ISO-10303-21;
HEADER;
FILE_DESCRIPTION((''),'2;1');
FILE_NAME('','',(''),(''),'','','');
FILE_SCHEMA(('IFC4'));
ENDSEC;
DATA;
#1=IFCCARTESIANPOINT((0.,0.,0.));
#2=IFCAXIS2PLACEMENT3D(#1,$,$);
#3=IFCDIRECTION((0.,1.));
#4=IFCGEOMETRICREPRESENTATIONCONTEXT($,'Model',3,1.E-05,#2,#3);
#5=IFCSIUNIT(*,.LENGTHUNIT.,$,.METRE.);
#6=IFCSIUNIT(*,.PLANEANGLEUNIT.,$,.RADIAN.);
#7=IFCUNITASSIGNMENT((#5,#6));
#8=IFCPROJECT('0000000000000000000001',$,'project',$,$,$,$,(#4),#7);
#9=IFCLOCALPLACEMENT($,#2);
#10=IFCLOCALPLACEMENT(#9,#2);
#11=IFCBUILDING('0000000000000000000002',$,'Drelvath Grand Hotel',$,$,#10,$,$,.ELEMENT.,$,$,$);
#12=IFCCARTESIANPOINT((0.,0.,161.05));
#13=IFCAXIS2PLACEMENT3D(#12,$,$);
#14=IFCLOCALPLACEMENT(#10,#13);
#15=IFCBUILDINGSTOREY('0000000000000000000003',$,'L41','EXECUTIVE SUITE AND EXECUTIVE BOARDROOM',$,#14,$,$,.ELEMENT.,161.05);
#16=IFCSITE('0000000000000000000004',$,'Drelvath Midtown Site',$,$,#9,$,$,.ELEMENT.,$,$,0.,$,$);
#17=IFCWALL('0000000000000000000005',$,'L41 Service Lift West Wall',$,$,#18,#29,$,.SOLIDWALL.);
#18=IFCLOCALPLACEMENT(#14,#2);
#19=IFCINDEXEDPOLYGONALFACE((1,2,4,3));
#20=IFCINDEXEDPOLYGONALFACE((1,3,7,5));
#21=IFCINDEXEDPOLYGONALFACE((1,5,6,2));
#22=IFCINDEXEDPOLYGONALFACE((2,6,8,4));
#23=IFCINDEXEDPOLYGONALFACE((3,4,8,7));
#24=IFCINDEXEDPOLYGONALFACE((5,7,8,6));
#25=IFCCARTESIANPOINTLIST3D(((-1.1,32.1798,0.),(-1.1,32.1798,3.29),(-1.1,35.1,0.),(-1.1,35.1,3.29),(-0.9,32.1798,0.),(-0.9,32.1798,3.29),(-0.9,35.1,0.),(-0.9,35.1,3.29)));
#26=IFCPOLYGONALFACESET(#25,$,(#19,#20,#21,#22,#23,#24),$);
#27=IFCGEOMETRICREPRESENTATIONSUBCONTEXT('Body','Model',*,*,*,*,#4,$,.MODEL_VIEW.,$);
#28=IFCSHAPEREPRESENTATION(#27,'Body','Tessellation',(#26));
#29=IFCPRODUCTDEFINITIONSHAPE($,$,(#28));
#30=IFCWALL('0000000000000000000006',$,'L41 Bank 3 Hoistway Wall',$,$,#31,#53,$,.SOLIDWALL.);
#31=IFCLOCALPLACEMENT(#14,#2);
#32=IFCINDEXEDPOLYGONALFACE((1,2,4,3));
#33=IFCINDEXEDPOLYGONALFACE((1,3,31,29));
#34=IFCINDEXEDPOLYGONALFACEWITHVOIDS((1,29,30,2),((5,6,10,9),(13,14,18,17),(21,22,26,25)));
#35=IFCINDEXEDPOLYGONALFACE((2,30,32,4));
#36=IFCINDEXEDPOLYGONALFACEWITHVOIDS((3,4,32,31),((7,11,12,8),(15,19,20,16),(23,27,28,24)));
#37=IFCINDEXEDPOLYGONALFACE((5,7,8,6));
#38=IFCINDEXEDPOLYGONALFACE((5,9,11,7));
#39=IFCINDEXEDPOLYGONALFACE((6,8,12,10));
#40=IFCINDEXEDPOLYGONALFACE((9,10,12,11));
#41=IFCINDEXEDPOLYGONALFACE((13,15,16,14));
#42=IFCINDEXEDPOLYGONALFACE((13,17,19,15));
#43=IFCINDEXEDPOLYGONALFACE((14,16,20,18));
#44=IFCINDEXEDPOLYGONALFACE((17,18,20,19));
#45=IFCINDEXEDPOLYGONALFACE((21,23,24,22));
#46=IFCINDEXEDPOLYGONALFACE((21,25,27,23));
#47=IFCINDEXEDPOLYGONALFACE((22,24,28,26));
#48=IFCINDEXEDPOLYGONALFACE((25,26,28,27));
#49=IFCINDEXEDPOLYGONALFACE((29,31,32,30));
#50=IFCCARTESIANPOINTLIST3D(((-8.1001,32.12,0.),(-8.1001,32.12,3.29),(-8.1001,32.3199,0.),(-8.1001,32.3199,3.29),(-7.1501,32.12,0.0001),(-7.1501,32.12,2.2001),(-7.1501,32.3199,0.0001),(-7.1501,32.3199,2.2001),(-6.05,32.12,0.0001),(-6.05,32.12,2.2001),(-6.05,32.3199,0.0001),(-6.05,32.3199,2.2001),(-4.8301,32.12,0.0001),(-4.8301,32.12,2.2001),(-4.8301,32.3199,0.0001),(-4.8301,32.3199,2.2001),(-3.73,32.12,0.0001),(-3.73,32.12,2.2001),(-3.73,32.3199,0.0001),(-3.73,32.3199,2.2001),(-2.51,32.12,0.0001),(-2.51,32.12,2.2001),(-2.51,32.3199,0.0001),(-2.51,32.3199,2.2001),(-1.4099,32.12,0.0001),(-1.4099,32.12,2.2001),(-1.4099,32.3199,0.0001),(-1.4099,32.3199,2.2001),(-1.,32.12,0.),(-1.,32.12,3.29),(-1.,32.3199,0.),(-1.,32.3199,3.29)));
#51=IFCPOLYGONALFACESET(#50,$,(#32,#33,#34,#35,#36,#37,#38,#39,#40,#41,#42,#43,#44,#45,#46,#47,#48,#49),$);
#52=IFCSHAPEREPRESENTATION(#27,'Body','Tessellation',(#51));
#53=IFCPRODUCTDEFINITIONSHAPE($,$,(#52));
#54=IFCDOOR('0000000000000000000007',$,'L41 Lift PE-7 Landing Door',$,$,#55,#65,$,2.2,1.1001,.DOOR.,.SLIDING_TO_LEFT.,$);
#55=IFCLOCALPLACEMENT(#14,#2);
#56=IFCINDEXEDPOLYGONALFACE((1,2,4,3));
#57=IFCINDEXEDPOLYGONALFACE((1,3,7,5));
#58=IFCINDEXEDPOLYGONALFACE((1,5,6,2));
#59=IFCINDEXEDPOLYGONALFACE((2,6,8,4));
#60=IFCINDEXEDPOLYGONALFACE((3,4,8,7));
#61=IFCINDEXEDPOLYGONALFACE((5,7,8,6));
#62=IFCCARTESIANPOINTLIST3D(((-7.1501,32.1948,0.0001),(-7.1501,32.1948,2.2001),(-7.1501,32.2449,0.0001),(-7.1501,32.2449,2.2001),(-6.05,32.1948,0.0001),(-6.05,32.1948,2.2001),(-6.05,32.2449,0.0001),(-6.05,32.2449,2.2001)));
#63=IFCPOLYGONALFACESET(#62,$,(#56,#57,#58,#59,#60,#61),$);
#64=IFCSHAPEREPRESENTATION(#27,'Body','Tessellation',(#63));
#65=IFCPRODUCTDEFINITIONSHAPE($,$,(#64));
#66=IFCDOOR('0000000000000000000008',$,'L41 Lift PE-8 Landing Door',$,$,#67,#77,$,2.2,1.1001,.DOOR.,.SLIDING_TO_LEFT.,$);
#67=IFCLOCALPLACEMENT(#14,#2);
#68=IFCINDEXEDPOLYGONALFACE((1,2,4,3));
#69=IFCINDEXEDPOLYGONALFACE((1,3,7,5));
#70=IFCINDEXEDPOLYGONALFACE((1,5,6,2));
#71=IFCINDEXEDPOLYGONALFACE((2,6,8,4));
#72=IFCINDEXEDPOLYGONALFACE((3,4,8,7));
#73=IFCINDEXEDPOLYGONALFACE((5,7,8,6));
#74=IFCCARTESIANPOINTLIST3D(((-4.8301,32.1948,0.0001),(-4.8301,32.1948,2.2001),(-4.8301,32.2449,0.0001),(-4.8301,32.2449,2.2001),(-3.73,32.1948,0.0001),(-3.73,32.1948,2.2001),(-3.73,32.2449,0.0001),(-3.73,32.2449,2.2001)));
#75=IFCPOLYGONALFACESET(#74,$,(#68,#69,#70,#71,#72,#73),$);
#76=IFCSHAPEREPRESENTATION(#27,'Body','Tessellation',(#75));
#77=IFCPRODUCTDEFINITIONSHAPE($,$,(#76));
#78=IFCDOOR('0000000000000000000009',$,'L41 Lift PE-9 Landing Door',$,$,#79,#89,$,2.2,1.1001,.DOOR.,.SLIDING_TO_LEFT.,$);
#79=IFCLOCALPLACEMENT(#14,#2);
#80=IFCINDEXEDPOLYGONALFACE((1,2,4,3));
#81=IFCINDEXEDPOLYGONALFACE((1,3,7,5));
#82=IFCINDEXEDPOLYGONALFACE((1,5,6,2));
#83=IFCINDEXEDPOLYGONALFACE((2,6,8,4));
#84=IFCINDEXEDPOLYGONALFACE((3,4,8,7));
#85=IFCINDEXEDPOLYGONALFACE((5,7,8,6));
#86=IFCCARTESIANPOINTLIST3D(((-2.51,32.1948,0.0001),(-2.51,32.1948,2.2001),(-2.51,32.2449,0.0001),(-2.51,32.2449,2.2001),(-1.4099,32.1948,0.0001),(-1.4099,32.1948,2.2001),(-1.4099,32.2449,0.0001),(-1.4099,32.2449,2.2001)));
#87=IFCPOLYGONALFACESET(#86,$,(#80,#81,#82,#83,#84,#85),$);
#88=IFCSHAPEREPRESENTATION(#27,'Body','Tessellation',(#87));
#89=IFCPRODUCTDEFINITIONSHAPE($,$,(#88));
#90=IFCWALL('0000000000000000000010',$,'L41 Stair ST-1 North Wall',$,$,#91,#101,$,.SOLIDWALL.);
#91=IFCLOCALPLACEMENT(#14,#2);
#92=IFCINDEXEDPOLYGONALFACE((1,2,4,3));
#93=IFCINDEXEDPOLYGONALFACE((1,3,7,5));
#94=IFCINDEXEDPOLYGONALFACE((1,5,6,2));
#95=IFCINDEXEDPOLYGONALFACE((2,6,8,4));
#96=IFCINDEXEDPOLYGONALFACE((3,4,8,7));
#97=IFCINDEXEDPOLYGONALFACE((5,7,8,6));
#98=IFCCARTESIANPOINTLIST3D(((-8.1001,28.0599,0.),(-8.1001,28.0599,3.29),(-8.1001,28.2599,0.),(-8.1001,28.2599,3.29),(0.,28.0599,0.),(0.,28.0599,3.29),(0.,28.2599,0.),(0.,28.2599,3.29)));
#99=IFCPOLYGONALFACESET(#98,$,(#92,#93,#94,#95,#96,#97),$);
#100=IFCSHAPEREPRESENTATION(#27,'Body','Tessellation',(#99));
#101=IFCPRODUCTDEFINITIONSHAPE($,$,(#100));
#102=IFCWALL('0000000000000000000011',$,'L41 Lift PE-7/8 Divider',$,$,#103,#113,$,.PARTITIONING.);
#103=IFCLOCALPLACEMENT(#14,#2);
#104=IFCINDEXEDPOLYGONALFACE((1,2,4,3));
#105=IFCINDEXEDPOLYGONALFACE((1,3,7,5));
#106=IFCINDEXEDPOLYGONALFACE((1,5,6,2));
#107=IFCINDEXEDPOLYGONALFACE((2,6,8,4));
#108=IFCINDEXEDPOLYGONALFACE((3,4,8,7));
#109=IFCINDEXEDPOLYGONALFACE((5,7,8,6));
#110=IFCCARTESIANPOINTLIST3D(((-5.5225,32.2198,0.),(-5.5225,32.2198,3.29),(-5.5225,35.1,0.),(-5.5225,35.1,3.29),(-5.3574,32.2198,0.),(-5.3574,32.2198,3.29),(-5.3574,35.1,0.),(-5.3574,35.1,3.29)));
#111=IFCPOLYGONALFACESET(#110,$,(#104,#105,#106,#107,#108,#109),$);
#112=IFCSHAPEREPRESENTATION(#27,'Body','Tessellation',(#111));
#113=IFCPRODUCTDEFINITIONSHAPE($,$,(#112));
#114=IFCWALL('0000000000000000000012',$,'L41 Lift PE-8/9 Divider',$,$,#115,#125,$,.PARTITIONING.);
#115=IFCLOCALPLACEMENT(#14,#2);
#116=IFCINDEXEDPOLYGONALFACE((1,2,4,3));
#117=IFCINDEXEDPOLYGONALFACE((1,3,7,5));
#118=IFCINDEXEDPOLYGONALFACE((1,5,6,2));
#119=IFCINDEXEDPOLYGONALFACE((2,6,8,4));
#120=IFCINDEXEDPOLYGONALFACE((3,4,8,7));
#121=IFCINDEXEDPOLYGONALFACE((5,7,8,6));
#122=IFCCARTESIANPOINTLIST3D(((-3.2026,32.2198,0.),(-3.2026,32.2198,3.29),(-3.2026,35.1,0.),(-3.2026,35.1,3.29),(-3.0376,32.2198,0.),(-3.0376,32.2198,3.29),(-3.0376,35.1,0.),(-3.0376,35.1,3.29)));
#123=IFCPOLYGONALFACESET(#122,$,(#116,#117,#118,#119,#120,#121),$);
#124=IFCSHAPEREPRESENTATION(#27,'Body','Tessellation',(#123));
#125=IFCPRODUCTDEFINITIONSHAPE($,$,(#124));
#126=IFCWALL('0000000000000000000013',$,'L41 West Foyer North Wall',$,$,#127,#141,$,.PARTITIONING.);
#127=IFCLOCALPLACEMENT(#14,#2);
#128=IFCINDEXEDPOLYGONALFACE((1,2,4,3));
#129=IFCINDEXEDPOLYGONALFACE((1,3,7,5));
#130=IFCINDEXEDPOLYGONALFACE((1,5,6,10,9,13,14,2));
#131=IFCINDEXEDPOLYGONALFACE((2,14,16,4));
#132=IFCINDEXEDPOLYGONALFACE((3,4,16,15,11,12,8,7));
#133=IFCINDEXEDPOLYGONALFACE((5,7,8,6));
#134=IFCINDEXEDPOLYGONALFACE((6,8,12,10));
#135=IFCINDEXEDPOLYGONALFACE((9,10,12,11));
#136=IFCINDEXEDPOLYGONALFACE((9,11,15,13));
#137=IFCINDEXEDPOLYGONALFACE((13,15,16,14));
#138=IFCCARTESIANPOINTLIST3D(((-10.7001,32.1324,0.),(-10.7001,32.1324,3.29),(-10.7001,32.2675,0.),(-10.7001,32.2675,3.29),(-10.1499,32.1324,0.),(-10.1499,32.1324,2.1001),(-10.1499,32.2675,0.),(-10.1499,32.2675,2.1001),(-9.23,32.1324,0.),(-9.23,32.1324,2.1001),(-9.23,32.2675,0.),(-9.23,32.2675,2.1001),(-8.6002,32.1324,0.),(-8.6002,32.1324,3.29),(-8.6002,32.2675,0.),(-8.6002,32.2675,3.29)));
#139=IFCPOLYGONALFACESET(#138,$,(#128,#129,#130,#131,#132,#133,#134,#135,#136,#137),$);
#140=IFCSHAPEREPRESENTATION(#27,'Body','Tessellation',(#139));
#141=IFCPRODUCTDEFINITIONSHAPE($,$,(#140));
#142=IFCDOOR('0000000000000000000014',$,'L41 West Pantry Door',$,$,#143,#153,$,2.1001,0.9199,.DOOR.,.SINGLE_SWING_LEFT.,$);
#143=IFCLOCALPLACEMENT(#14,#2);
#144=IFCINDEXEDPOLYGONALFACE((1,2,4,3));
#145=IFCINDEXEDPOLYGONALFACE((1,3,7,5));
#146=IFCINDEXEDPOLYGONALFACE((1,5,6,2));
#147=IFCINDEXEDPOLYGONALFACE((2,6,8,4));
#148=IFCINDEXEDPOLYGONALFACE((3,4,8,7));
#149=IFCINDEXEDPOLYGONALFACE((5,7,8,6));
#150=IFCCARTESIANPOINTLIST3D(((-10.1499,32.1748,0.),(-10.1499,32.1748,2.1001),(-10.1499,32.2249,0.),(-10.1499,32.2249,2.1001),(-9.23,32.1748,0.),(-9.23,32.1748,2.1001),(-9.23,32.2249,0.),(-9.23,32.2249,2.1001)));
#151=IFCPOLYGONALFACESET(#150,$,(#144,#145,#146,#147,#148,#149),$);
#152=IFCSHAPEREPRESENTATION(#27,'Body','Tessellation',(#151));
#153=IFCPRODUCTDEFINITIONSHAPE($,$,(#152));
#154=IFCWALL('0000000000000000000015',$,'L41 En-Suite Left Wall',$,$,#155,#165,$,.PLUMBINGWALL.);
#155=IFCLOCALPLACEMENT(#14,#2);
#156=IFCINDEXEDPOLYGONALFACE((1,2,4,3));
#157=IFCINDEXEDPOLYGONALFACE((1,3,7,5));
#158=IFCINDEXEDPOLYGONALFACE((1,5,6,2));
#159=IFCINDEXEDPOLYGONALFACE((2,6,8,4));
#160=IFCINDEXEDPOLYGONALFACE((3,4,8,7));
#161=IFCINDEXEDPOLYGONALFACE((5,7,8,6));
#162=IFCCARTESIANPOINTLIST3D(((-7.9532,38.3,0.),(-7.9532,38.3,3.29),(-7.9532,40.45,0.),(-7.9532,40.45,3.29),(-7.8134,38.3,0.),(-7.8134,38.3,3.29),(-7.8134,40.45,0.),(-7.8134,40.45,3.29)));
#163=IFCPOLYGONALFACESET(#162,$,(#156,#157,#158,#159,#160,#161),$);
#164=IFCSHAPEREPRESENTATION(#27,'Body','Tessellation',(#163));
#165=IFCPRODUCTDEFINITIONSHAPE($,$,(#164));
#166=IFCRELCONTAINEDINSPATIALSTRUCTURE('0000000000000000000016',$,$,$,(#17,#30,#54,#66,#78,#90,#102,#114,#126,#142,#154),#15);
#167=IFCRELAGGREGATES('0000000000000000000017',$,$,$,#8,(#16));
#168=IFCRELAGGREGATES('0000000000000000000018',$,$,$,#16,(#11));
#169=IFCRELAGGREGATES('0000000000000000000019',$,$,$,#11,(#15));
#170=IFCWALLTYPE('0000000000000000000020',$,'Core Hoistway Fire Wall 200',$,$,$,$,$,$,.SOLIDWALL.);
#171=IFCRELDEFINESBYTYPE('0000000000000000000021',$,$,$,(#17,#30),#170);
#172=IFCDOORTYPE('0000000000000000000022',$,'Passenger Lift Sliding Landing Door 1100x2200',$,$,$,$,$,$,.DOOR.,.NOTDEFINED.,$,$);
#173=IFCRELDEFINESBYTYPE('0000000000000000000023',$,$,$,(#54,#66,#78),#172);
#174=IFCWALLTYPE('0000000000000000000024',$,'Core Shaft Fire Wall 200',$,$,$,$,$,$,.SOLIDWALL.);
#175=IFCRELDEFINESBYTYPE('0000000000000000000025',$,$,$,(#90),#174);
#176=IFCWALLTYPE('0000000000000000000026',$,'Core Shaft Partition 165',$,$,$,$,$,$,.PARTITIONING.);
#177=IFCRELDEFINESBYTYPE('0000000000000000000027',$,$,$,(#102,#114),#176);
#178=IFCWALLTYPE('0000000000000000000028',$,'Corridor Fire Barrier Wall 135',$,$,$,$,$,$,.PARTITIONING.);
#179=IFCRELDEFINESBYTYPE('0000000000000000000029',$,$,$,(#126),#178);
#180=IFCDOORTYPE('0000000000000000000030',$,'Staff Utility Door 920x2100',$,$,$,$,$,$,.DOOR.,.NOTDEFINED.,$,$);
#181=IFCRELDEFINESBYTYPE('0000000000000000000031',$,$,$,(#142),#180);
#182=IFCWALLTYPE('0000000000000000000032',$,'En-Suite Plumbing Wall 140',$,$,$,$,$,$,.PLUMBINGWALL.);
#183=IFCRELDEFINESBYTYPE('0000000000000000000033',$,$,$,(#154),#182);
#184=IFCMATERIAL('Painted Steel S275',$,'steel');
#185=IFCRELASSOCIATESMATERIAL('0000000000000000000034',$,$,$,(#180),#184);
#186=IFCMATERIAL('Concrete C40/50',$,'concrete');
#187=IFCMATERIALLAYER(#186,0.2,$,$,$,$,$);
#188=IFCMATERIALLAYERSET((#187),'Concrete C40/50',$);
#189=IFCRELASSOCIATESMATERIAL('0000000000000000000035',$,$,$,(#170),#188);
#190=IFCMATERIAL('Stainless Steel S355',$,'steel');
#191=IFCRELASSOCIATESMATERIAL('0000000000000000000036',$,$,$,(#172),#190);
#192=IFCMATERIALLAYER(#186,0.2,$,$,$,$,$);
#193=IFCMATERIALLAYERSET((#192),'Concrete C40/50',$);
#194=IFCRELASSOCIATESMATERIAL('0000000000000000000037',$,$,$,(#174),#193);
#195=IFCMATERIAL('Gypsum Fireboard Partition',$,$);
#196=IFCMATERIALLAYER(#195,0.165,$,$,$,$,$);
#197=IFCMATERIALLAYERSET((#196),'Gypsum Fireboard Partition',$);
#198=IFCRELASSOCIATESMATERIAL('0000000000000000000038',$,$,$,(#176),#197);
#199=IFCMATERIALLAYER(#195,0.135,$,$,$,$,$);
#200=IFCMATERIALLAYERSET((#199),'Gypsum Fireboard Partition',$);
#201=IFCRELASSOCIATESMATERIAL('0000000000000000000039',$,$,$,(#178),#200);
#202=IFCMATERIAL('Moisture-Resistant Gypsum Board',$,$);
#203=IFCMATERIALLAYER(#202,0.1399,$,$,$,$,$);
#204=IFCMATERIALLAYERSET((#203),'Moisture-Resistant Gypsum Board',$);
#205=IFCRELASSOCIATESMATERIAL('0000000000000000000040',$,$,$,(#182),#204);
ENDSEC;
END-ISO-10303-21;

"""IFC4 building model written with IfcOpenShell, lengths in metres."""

from ifc_helpers import new_model, si_unit, direction, frame, frame_2d, origin, place, context, subcontext, project, spatial, rectangle, extrude, material, layer, layer_set, type_object, element, fill, save


model = new_model("IFC4")

# Units and contexts
model_context = context("Model", 3, precision=1e-05, world=origin(), true_north=direction((0.0, 1.0)))
body_context = subcontext(model_context, "Body", "Model", "MODEL_VIEW")
ifc_project = project(units=[si_unit("LENGTHUNIT", "METRE"), si_unit("PLANEANGLEUNIT", "RADIAN")], contexts=[model_context])

# Site, building, storey
site_placement = place(None, origin())
site = spatial("IfcSite", under=ifc_project, at=site_placement, Name="Drelvath Midtown Site", CompositionType="ELEMENT", RefElevation=0.0)
building_placement = place(site_placement, origin())
building = spatial("IfcBuilding", under=site, at=building_placement, Name="Drelvath Grand Hotel", CompositionType="ELEMENT")
storey_placement = place(building_placement, frame((0.0, 0.0, 161.05)))
storey = spatial("IfcBuildingStorey", under=building, at=storey_placement, Name="L41", Description="EXECUTIVE SUITE AND EXECUTIVE BOARDROOM", CompositionType="ELEMENT", Elevation=161.05)

# Shared definitions
ifc_material_1 = material(Name="Painted Steel S275", Category="steel")
door_type_1 = type_object("IfcDoorType", Name="Staff Utility Door 920x2100", OperationType="NOTDEFINED", PredefinedType="DOOR", material=ifc_material_1)

# Shared definitions
ifc_material_2 = material(Name="Concrete C40/50", Category="concrete")
ifc_layer_1 = layer(ifc_material_2, 0.2)
ifc_layer_set_1 = layer_set([ifc_layer_1], Name="Concrete C40/50")
wall_type_1 = type_object("IfcWallType", Name="Core Hoistway Fire Wall 200", PredefinedType="SOLIDWALL", material=ifc_layer_set_1)
ifc_material_3 = material(Name="Stainless Steel S355", Category="steel")

# Wall
wall_1_placement = place(storey_placement, frame((-1.0, 32.1799, 0.0), z_axis=(0.0, 0.0, 1.0), x_axis=(0.0, 1.0, 0.0)))
element("IfcWall", 1, at=wall_1_placement, inside=storey, type_object=wall_type_1, Name="L41 Service Lift West Wall", PredefinedType="SOLIDWALL", context=body_context, shape_type="SweptSolid", body=[
    extrude(rectangle(XDim=2.9202, YDim=0.2, at=frame_2d((1.46, 0.0))), origin(), (0.0, 0.0, 1.0), 3.29),
])

# Wall, openings, doors
wall_2_placement = place(storey_placement, frame((-8.1001, 32.22, 0.0), z_axis=(0.0, 0.0, 1.0), x_axis=(1.0, 0.0, 0.0)))
wall_2 = element("IfcWall", 2, at=wall_2_placement, inside=storey, type_object=wall_type_1, Name="L41 Bank 3 Hoistway Wall", PredefinedType="SOLIDWALL", context=body_context, shape_type="SweptSolid", body=[
    extrude(rectangle(XDim=7.1001, YDim=0.2, at=frame_2d((3.55, 0.0))), origin(), (0.0, 0.0, 1.0), 3.29),
])
opening_1_placement = place(wall_2_placement, frame((0.95, 0.0, 0.0)))
opening_1 = element("IfcOpeningElement", 3, at=opening_1_placement, cuts=wall_2, PredefinedType="OPENING", context=body_context, shape_type="SweptSolid", body=[
    extrude(rectangle(XDim=1.1001, YDim=2.2, at=frame_2d((0.55, 1.1001))), frame((0.0, 0.1099, 0.0), z_axis=(0.0, -1.0, 0.0), x_axis=(1.0, 0.0, 0.0)), (0.0, 0.0, 1.0), 0.22),
])
opening_2_placement = place(wall_2_placement, frame((3.27, 0.0, 0.0)))
opening_2 = element("IfcOpeningElement", 4, at=opening_2_placement, cuts=wall_2, PredefinedType="OPENING", context=body_context, shape_type="SweptSolid", body=[
    extrude(rectangle(XDim=1.1001, YDim=2.2, at=frame_2d((0.55, 1.1001))), frame((0.0, 0.1099, 0.0), z_axis=(0.0, -1.0, 0.0), x_axis=(1.0, 0.0, 0.0)), (0.0, 0.0, 1.0), 0.22),
])
opening_3_placement = place(wall_2_placement, frame((5.5901, 0.0, 0.0)))
opening_3 = element("IfcOpeningElement", 5, at=opening_3_placement, cuts=wall_2, PredefinedType="OPENING", context=body_context, shape_type="SweptSolid", body=[
    extrude(rectangle(XDim=1.1001, YDim=2.2, at=frame_2d((0.55, 1.1001))), frame((0.0, 0.1099, 0.0), z_axis=(0.0, -1.0, 0.0), x_axis=(1.0, 0.0, 0.0)), (0.0, 0.0, 1.0), 0.22),
])
door_type_2 = type_object("IfcDoorType", Name="Passenger Lift Sliding Landing Door 1100x2200", OperationType="NOTDEFINED", PredefinedType="DOOR", material=ifc_material_3)
door_1_placement = place(opening_1_placement, origin())
door_1 = element("IfcDoor", 6, at=door_1_placement, inside=storey, type_object=door_type_2, Name="L41 Lift PE-7 Landing Door", OperationType="SLIDING_TO_LEFT", OverallHeight=2.2, OverallWidth=1.1001, PredefinedType="DOOR", context=body_context, shape_type="SweptSolid", body=[
    extrude(rectangle(XDim=1.1001, YDim=2.2, at=frame_2d((0.55, 1.1001))), frame((0.0, 0.0249, 0.0), z_axis=(0.0, -1.0, 0.0), x_axis=(1.0, 0.0, 0.0)), (0.0, 0.0, 1.0), 0.05),
])
fill(opening_1, door_1)
door_2_placement = place(opening_2_placement, origin())
door_2 = element("IfcDoor", 7, at=door_2_placement, inside=storey, type_object=door_type_2, Name="L41 Lift PE-8 Landing Door", OperationType="SLIDING_TO_LEFT", OverallHeight=2.2, OverallWidth=1.1001, PredefinedType="DOOR", context=body_context, shape_type="SweptSolid", body=[
    extrude(rectangle(XDim=1.1001, YDim=2.2, at=frame_2d((0.55, 1.1001))), frame((0.0, 0.0249, 0.0), z_axis=(0.0, -1.0, 0.0), x_axis=(1.0, 0.0, 0.0)), (0.0, 0.0, 1.0), 0.05),
])
fill(opening_2, door_2)
door_3_placement = place(opening_3_placement, origin())
door_3 = element("IfcDoor", 8, at=door_3_placement, inside=storey, type_object=door_type_2, Name="L41 Lift PE-9 Landing Door", OperationType="SLIDING_TO_LEFT", OverallHeight=2.2, OverallWidth=1.1001, PredefinedType="DOOR", context=body_context, shape_type="SweptSolid", body=[
    extrude(rectangle(XDim=1.1001, YDim=2.2, at=frame_2d((0.55, 1.1001))), frame((0.0, 0.0249, 0.0), z_axis=(0.0, -1.0, 0.0), x_axis=(1.0, 0.0, 0.0)), (0.0, 0.0, 1.0), 0.05),
])
fill(opening_3, door_3)

# Walls
ifc_layer_2 = layer(ifc_material_2, 0.2)
ifc_layer_set_2 = layer_set([ifc_layer_2], Name="Concrete C40/50")
wall_type_2 = type_object("IfcWallType", Name="Core Shaft Fire Wall 200", PredefinedType="SOLIDWALL", material=ifc_layer_set_2)
wall_3_placement = place(storey_placement, frame((-8.1001, 28.1599, 0.0), z_axis=(0.0, 0.0, 1.0), x_axis=(1.0, 0.0, 0.0)))
element("IfcWall", 9, at=wall_3_placement, inside=storey, type_object=wall_type_2, Name="L41 Stair ST-1 North Wall", PredefinedType="SOLIDWALL", context=body_context, shape_type="SweptSolid", body=[
    extrude(rectangle(XDim=8.1001, YDim=0.2, at=frame_2d((4.05, 0.0))), origin(), (0.0, 0.0, 1.0), 3.29),
])
ifc_material_4 = material(Name="Gypsum Fireboard Partition")
ifc_layer_3 = layer(ifc_material_4, 0.165)
ifc_layer_set_3 = layer_set([ifc_layer_3], Name="Gypsum Fireboard Partition")
wall_type_3 = type_object("IfcWallType", Name="Core Shaft Partition 165", PredefinedType="PARTITIONING", material=ifc_layer_set_3)
for number, where, z_axis, x_axis, name in (
    (10, (-5.4399, 32.22, 0.0), (0.0, 0.0, 1.0), (0.0, 1.0, 0.0), "L41 Lift PE-7/8 Divider"),
    (11, (-3.1201, 32.22, 0.0), (0.0, 0.0, 1.0), (0.0, 1.0, 0.0), "L41 Lift PE-8/9 Divider"),
):
    element("IfcWall", number, at=place(storey_placement, frame(where, z_axis=z_axis, x_axis=x_axis)), inside=storey, type_object=wall_type_3, Name=name, PredefinedType="PARTITIONING", context=body_context, shape_type="SweptSolid", body=[
        extrude(rectangle(XDim=2.8801, YDim=0.165, at=frame_2d((1.4399, 0.0))), origin(), (0.0, 0.0, 1.0), 3.29),
    ])

# Wall, opening, door
ifc_layer_4 = layer(ifc_material_4, 0.135)
ifc_layer_set_4 = layer_set([ifc_layer_4], Name="Gypsum Fireboard Partition")
wall_type_4 = type_object("IfcWallType", Name="Corridor Fire Barrier Wall 135", PredefinedType="PARTITIONING", material=ifc_layer_set_4)
wall_4_placement = place(storey_placement, frame((-10.7, 32.2, 0.0), z_axis=(0.0, 0.0, 1.0), x_axis=(1.0, 0.0, 0.0)))
wall_4 = element("IfcWall", 12, at=wall_4_placement, inside=storey, type_object=wall_type_4, Name="L41 West Foyer North Wall", PredefinedType="PARTITIONING", context=body_context, shape_type="SweptSolid", body=[
    extrude(rectangle(XDim=2.0999, YDim=0.135, at=frame_2d((1.0498, 0.0))), origin(), (0.0, 0.0, 1.0), 3.29),
])
opening_4_placement = place(wall_4_placement, frame((0.55, 0.0, 0.0)))
opening_4 = element("IfcOpeningElement", 13, at=opening_4_placement, cuts=wall_4, PredefinedType="OPENING", context=body_context, shape_type="SweptSolid", body=[
    extrude(rectangle(XDim=0.9199, YDim=2.1001, at=frame_2d((0.46, 1.05))), frame((0.0, 0.0774, 0.0), z_axis=(0.0, -1.0, 0.0), x_axis=(1.0, 0.0, 0.0)), (0.0, 0.0, 1.0), 0.155),
])
door_4_placement = place(opening_4_placement, origin())
door_4 = element("IfcDoor", 14, at=door_4_placement, inside=storey, type_object=door_type_1, Name="L41 West Pantry Door", OperationType="SINGLE_SWING_LEFT", OverallHeight=2.1001, OverallWidth=0.9199, PredefinedType="DOOR", context=body_context, shape_type="SweptSolid", body=[
    extrude(rectangle(XDim=0.9199, YDim=2.1001, at=frame_2d((0.46, 1.05))), frame((0.0, 0.0249, 0.0), z_axis=(0.0, -1.0, 0.0), x_axis=(1.0, 0.0, 0.0)), (0.0, 0.0, 1.0), 0.05),
])
fill(opening_4, door_4)

# Wall
ifc_material_5 = material(Name="Moisture-Resistant Gypsum Board")
ifc_layer_5 = layer(ifc_material_5, 0.1399)
ifc_layer_set_5 = layer_set([ifc_layer_5], Name="Moisture-Resistant Gypsum Board")
wall_type_5 = type_object("IfcWallType", Name="En-Suite Plumbing Wall 140", PredefinedType="PLUMBINGWALL", material=ifc_layer_set_5)
for number, where, z_axis, x_axis, name in (
    (15, (-7.8833, 38.3, 0.0), (0.0, 0.0, 1.0), (0.0, 1.0, 0.0), "L41 En-Suite Left Wall"),
):
    element("IfcWall", number, at=place(storey_placement, frame(where, z_axis=z_axis, x_axis=x_axis)), inside=storey, type_object=wall_type_5, Name=name, PredefinedType="PLUMBINGWALL", context=body_context, shape_type="SweptSolid", body=[
        extrude(rectangle(XDim=2.1499, YDim=0.1399, at=frame_2d((1.075, 0.0))), origin(), (0.0, 0.0, 1.0), 3.29),
    ])

save(model, "model.ifc")
